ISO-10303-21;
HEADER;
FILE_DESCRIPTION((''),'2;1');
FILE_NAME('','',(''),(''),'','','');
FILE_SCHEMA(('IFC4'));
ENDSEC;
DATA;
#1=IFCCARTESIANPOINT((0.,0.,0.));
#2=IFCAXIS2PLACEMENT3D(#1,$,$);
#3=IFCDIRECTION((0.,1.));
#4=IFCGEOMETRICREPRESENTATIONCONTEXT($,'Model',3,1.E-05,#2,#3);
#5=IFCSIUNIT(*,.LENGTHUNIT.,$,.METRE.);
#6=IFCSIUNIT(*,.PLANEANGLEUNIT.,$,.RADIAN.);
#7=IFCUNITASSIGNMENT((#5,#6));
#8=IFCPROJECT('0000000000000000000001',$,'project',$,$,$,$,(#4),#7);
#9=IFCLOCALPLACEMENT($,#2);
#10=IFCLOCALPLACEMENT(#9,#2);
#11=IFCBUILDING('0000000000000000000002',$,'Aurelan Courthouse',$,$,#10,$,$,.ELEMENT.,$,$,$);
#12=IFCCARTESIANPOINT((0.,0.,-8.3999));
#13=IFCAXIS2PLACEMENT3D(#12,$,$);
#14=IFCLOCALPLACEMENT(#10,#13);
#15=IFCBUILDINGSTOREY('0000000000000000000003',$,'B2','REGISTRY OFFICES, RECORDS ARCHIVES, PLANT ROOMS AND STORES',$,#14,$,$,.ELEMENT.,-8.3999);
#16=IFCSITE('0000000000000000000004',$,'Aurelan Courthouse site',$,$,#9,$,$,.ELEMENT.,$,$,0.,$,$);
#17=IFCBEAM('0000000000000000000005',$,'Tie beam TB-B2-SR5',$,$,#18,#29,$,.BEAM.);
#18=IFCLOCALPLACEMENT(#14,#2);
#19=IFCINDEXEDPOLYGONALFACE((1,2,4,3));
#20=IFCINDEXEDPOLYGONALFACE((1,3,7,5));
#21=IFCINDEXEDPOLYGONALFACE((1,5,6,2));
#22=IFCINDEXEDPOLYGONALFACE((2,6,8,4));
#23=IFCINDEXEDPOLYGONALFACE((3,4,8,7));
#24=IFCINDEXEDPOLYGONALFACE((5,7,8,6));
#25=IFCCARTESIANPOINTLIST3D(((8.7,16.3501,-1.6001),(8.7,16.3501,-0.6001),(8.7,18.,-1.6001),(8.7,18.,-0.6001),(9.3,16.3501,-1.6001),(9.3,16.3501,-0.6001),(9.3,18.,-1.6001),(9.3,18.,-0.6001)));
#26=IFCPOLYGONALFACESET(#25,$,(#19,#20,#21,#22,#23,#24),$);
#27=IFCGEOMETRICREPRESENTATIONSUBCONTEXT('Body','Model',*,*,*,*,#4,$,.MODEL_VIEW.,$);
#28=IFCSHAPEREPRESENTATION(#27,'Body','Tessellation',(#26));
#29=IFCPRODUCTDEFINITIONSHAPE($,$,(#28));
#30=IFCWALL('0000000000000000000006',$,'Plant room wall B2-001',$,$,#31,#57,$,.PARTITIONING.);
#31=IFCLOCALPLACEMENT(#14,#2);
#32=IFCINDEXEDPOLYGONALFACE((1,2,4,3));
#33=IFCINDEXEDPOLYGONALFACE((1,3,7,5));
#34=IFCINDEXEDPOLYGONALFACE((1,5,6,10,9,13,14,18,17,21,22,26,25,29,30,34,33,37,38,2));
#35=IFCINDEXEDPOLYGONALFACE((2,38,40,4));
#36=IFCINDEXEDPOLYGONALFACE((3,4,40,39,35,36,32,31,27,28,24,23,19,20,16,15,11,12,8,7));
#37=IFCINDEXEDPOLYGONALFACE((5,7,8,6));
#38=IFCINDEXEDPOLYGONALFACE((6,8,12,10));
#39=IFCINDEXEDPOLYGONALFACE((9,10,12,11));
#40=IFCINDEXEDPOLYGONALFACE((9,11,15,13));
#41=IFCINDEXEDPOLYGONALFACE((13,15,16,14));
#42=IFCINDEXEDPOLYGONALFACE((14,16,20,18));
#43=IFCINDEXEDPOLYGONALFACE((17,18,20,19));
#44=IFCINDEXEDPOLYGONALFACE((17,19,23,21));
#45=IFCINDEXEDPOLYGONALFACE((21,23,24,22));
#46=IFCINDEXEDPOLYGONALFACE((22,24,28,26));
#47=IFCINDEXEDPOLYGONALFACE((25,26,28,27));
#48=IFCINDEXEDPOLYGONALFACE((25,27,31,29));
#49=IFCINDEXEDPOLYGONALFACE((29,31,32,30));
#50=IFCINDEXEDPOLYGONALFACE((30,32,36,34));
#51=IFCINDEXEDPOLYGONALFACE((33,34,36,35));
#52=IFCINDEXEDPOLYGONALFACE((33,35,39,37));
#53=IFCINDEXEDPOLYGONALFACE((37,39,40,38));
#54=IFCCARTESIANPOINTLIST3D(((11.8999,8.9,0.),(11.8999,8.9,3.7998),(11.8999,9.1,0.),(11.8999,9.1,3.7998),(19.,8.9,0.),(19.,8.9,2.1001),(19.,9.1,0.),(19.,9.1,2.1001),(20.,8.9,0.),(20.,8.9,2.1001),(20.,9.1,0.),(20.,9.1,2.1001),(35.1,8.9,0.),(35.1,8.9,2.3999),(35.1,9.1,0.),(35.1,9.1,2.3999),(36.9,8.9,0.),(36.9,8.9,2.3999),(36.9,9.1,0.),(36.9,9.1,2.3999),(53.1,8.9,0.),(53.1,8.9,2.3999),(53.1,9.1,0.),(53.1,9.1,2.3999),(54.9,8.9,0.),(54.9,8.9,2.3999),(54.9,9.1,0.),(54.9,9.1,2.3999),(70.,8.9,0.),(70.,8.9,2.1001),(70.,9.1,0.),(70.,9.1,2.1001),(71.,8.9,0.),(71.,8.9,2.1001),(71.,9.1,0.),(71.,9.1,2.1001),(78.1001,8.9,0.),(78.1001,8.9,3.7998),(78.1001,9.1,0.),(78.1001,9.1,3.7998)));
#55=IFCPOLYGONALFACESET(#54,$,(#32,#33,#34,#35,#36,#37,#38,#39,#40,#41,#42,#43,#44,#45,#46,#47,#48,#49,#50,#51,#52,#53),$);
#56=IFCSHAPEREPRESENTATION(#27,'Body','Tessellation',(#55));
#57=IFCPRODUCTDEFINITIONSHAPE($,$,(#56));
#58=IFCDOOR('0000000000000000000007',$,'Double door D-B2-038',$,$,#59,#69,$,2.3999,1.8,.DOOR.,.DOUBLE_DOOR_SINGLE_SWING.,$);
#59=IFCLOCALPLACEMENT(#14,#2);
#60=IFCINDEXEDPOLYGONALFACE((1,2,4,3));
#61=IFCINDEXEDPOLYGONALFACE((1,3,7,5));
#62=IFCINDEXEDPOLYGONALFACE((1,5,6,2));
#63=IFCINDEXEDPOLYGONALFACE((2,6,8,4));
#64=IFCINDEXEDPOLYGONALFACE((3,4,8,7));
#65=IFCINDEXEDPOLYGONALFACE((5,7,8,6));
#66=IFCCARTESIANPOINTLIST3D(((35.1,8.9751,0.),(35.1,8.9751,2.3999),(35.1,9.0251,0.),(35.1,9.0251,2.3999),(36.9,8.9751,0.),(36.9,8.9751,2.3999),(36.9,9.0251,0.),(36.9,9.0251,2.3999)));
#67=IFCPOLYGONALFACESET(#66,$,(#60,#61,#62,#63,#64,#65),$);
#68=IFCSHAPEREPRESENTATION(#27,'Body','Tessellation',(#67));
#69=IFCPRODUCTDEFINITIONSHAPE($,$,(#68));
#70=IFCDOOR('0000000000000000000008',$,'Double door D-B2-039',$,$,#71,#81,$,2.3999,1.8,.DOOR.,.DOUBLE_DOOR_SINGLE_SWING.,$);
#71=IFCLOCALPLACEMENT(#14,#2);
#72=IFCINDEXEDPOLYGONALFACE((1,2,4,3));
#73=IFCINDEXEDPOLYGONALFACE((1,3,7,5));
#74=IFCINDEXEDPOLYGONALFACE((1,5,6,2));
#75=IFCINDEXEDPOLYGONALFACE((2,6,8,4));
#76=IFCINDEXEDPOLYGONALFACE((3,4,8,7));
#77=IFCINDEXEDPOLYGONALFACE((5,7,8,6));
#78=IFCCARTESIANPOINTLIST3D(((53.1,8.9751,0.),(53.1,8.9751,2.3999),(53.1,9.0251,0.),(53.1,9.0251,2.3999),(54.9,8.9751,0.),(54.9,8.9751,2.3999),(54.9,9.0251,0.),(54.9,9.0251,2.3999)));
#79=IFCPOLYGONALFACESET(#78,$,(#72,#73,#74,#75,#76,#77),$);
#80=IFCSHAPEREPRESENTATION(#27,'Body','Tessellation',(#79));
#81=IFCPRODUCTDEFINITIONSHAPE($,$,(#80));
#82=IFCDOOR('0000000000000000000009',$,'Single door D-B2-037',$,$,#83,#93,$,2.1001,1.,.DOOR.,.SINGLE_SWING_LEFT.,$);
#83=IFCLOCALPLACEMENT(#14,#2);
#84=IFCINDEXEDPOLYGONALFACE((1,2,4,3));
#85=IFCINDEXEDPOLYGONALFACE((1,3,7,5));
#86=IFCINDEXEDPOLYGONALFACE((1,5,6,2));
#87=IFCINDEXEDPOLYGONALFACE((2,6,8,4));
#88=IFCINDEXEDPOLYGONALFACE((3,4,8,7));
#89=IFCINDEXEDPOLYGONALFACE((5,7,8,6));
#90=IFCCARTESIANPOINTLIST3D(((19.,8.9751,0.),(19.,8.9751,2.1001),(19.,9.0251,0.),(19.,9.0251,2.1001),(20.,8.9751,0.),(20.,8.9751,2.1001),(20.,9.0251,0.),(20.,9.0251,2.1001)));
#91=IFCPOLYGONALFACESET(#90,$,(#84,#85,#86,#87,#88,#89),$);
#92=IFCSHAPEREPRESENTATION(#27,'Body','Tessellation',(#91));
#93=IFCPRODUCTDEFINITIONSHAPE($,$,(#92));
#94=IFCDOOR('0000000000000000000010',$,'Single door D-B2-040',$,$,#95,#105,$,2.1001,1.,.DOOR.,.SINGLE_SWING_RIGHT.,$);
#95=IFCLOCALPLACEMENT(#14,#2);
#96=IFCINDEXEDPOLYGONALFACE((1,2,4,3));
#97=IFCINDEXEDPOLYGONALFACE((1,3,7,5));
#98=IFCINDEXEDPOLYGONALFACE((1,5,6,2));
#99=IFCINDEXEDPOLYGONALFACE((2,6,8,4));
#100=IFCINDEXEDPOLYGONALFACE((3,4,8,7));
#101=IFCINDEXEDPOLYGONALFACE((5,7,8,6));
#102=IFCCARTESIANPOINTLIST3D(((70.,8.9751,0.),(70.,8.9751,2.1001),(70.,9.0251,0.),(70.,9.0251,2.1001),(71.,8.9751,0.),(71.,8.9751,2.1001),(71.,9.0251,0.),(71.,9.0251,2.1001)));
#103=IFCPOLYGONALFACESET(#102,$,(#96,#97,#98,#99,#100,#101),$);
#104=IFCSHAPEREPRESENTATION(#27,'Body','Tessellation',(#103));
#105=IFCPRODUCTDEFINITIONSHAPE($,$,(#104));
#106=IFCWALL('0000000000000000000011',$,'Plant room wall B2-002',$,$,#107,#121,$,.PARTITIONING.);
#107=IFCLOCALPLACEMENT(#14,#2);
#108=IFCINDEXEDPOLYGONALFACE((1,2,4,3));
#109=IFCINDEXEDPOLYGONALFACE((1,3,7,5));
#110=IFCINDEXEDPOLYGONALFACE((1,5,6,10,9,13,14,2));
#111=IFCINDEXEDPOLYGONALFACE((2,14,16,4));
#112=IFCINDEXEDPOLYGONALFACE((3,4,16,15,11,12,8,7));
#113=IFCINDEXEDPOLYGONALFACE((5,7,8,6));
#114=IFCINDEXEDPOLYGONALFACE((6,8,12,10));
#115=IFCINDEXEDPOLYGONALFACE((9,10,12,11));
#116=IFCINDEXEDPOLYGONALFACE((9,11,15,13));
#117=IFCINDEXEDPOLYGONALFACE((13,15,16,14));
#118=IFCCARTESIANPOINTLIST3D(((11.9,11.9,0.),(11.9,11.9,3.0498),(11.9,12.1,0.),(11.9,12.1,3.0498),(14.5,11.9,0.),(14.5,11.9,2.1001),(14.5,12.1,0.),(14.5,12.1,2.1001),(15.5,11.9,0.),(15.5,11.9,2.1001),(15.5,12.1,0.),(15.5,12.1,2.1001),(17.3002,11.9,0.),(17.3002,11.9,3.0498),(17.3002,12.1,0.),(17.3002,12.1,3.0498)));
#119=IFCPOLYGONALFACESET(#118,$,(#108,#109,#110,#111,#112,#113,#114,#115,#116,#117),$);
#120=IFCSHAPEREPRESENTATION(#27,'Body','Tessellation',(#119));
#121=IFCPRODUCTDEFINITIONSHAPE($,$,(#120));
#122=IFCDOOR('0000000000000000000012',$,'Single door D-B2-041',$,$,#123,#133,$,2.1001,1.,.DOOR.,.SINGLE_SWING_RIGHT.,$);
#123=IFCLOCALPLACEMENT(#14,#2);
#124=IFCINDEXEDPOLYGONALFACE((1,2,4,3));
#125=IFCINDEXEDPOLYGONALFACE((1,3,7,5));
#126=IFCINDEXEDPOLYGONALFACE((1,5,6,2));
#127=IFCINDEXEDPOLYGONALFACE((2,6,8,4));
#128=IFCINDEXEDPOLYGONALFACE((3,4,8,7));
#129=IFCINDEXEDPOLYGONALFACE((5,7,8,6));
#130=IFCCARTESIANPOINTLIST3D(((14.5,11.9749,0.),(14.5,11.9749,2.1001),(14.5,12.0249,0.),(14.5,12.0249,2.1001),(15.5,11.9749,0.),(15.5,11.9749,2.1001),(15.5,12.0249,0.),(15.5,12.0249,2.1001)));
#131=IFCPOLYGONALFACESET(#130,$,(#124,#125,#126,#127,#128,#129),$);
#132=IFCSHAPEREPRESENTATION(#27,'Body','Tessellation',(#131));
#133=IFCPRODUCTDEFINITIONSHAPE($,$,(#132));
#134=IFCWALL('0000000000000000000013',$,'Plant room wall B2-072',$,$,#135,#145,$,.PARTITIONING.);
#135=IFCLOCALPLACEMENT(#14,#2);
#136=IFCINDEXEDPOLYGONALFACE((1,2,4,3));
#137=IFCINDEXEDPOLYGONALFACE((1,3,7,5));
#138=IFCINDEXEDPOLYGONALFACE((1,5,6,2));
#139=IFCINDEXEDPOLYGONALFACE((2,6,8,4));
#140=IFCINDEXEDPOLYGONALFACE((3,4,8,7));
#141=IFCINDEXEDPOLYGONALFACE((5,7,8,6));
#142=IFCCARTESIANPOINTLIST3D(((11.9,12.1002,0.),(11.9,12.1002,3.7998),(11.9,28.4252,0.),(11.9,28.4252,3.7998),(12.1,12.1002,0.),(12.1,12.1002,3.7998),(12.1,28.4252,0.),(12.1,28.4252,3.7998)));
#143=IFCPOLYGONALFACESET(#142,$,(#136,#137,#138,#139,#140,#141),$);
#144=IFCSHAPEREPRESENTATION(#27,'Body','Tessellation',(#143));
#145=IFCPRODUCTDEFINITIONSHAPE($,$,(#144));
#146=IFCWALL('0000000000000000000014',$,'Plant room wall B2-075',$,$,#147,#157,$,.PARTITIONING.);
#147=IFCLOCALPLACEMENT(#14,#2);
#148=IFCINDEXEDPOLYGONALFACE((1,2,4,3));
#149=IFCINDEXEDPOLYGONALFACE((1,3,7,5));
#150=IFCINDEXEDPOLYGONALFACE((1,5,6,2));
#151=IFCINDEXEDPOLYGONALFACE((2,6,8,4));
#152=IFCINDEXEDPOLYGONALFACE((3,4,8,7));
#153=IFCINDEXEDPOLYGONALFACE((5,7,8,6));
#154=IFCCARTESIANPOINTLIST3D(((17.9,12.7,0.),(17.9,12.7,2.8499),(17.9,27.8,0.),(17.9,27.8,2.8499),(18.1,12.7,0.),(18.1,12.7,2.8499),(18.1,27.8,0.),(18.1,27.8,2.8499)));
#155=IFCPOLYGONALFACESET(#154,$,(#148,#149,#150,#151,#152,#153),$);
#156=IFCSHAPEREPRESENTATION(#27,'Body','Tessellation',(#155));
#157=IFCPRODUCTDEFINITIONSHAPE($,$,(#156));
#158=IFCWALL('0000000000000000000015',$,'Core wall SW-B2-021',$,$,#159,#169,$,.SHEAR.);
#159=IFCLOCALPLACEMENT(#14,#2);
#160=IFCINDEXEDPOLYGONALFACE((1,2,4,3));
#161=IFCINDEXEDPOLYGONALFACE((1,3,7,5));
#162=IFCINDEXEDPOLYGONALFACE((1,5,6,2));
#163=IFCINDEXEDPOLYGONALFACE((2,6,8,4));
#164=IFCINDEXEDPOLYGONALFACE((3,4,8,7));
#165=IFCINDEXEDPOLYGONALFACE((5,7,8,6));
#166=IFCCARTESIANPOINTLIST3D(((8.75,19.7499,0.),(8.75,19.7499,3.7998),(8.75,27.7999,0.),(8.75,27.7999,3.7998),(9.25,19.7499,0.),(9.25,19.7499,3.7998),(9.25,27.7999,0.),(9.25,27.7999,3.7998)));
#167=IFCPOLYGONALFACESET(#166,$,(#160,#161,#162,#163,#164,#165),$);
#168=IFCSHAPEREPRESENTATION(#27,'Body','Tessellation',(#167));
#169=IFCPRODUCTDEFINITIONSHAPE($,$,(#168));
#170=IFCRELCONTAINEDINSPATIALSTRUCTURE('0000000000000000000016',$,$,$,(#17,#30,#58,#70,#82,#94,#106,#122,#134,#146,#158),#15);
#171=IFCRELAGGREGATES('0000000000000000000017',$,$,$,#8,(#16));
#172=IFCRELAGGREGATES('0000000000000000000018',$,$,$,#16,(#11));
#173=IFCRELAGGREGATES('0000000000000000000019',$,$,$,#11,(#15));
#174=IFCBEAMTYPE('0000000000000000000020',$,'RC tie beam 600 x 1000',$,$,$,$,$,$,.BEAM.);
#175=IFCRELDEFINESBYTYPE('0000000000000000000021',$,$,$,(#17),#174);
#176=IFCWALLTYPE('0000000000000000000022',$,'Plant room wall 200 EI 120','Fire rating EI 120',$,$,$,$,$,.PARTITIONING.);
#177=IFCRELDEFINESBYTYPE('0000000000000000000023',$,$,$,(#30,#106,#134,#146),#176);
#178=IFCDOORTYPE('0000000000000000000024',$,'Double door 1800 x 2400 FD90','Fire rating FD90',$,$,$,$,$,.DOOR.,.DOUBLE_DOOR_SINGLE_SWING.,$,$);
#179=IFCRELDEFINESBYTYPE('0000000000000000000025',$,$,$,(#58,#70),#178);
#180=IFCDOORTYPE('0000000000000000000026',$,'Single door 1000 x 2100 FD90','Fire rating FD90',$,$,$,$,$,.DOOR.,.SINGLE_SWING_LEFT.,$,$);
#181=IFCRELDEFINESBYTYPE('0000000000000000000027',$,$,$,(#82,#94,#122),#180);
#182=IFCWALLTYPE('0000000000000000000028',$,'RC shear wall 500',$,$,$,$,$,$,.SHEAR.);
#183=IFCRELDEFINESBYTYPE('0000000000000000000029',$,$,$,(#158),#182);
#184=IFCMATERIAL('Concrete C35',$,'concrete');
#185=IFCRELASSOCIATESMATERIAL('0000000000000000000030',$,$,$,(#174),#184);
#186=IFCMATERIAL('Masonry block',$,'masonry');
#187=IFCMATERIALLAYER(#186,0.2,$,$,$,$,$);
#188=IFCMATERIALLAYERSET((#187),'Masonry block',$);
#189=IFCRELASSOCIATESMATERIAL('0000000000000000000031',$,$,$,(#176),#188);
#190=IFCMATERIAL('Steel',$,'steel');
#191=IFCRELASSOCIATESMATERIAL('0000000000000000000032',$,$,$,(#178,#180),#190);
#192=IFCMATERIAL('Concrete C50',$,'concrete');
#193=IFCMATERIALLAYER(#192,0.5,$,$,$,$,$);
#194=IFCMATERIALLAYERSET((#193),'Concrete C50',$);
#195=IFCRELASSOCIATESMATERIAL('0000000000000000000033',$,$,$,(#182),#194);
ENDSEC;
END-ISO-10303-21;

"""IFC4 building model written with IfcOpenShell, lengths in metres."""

from ifc_helpers import new_model, si_unit, direction, frame, frame_2d, origin, origin_2d, place, context, subcontext, project, spatial, rectangle, extrude, material, layer, layer_set, material_profile, profile_set, type_object, element, fill, save


model = new_model("IFC4")

# Units and contexts
model_context = context("Model", 3, precision=1e-05, world=origin(), true_north=direction((0.0, 1.0)))
body_context = subcontext(model_context, "Body", "Model", "MODEL_VIEW")
ifc_project = project(units=[si_unit("LENGTHUNIT", "METRE"), si_unit("PLANEANGLEUNIT", "RADIAN")], contexts=[model_context])

# Site, building, storey
site_placement = place(None, origin())
site = spatial("IfcSite", under=ifc_project, at=site_placement, Name="Aurelan Courthouse site", CompositionType="ELEMENT", RefElevation=0.0)
building_placement = place(site_placement, origin())
building = spatial("IfcBuilding", under=site, at=building_placement, Name="Aurelan Courthouse", CompositionType="ELEMENT")
storey_placement = place(building_placement, frame((0.0, 0.0, -8.3999)))
storey = spatial("IfcBuildingStorey", under=building, at=storey_placement, Name="B2", Description="REGISTRY OFFICES, RECORDS ARCHIVES, PLANT ROOMS AND STORES", CompositionType="ELEMENT", Elevation=-8.3999)

# Shared definitions
ifc_material_1 = material(Name="Concrete C35", Category="concrete")

# Shared definitions
ifc_material_2 = material(Name="Concrete C50", Category="concrete")

# Beam
ifc_material_profile_1 = material_profile(ifc_material_1, rectangle(XDim=0.6001, YDim=1.0, at=origin_2d()), Name="RC 600 x 1000")
ifc_profile_set_1 = profile_set([ifc_material_profile_1], Name="Concrete C35")
beam_type_1 = type_object("IfcBeamType", Name="RC tie beam 600 x 1000", PredefinedType="BEAM", material=ifc_profile_set_1)
beam_1_placement = place(storey_placement, frame((9.0, 16.3501, -1.1001), z_axis=(0.0, 1.0, 0.0), x_axis=(-1.0, 0.0, 0.0)))
element("IfcBeam", 1, at=beam_1_placement, inside=storey, type_object=beam_type_1, Name="Tie beam TB-B2-SR5", PredefinedType="BEAM", context=body_context, shape_type="SweptSolid", body=[
    extrude(rectangle(XDim=0.6001, YDim=1.0, at=origin_2d()), origin(), (0.0, 0.0, 1.0), 1.6499),
])

# Wall, openings, doors
ifc_material_3 = material(Name="Masonry block", Category="masonry")
ifc_layer_1 = layer(ifc_material_3, 0.2)
ifc_layer_set_1 = layer_set([ifc_layer_1], Name="Masonry block")
wall_type_1 = type_object("IfcWallType", Name="Plant room wall 200 EI 120", Description="Fire rating EI 120", PredefinedType="PARTITIONING", material=ifc_layer_set_1)
wall_1_placement = place(storey_placement, frame((11.8999, 9.0, 0.0), z_axis=(0.0, 0.0, 1.0), x_axis=(1.0, 0.0, 0.0)))
wall_1 = element("IfcWall", 2, at=wall_1_placement, inside=storey, type_object=wall_type_1, Name="Plant room wall B2-001", PredefinedType="PARTITIONING", context=body_context, shape_type="SweptSolid", body=[
    extrude(rectangle(XDim=66.2002, YDim=0.2, at=frame_2d((33.1001, 0.0))), origin(), (0.0, 0.0, 1.0), 3.7998),
])
opening_1_placement = place(wall_1_placement, frame((8.1001, 0.0, 0.0), z_axis=(0.0, 0.0, 1.0), x_axis=(-1.0, 0.0, 0.0)))
opening_1 = element("IfcOpeningElement", 3, at=opening_1_placement, cuts=wall_1, PredefinedType="OPENING", context=body_context, shape_type="SweptSolid", body=[
    extrude(rectangle(XDim=1.0, YDim=2.1001, at=frame_2d((0.5, 1.05))), frame((0.0, 0.1099, 0.0), z_axis=(0.0, -1.0, 0.0), x_axis=(1.0, 0.0, 0.0)), (0.0, 0.0, 1.0), 0.22),
])
opening_2_placement = place(wall_1_placement, frame((25.0, 0.0, 0.0), z_axis=(0.0, 0.0, 1.0), x_axis=(-1.0, 0.0, 0.0)))
opening_2 = element("IfcOpeningElement", 4, at=opening_2_placement, cuts=wall_1, PredefinedType="OPENING", context=body_context, shape_type="SweptSolid", body=[
    extrude(rectangle(XDim=1.8, YDim=2.3999, at=frame_2d((0.8999, 1.2))), frame((0.0, 0.1099, 0.0), z_axis=(0.0, -1.0, 0.0), x_axis=(1.0, 0.0, 0.0)), (0.0, 0.0, 1.0), 0.22),
])
opening_3_placement = place(wall_1_placement, frame((43.0, 0.0, 0.0), z_axis=(0.0, 0.0, 1.0), x_axis=(-1.0, 0.0, 0.0)))
opening_3 = element("IfcOpeningElement", 5, at=opening_3_placement, cuts=wall_1, PredefinedType="OPENING", context=body_context, shape_type="SweptSolid", body=[
    extrude(rectangle(XDim=1.8, YDim=2.3999, at=frame_2d((0.8999, 1.2))), frame((0.0, 0.1099, 0.0), z_axis=(0.0, -1.0, 0.0), x_axis=(1.0, 0.0, 0.0)), (0.0, 0.0, 1.0), 0.22),
])
opening_4_placement = place(wall_1_placement, frame((59.1001, 0.0, 0.0), z_axis=(0.0, 0.0, 1.0), x_axis=(-1.0, 0.0, 0.0)))
opening_4 = element("IfcOpeningElement", 6, at=opening_4_placement, cuts=wall_1, PredefinedType="OPENING", context=body_context, shape_type="SweptSolid", body=[
    extrude(rectangle(XDim=1.0, YDim=2.1001, at=frame_2d((0.5, 1.05))), frame((0.0, 0.1099, 0.0), z_axis=(0.0, -1.0, 0.0), x_axis=(1.0, 0.0, 0.0)), (0.0, 0.0, 1.0), 0.22),
])
ifc_material_4 = material(Name="Steel", Category="steel")
door_type_1 = type_object("IfcDoorType", Name="Double door 1800 x 2400 FD90", Description="Fire rating FD90", OperationType="DOUBLE_DOOR_SINGLE_SWING", PredefinedType="DOOR", material=ifc_material_4)
door_1_placement = place(opening_2_placement, origin())
door_1 = element("IfcDoor", 7, at=door_1_placement, inside=storey, type_object=door_type_1, Name="Double door D-B2-038", OperationType="DOUBLE_DOOR_SINGLE_SWING", OverallHeight=2.3999, OverallWidth=1.8, PredefinedType="DOOR", context=body_context, shape_type="SweptSolid", body=[
    extrude(rectangle(XDim=1.8, YDim=2.3999, at=frame_2d((0.8999, 1.2))), frame((0.0, 0.0249, 0.0), z_axis=(0.0, -1.0, 0.0), x_axis=(1.0, 0.0, 0.0)), (0.0, 0.0, 1.0), 0.05),
])
fill(opening_2, door_1)
door_2_placement = place(opening_3_placement, origin())
door_2 = element("IfcDoor", 8, at=door_2_placement, inside=storey, type_object=door_type_1, Name="Double door D-B2-039", OperationType="DOUBLE_DOOR_SINGLE_SWING", OverallHeight=2.3999, OverallWidth=1.8, PredefinedType="DOOR", context=body_context, shape_type="SweptSolid", body=[
    extrude(rectangle(XDim=1.8, YDim=2.3999, at=frame_2d((0.8999, 1.2))), frame((0.0, 0.0249, 0.0), z_axis=(0.0, -1.0, 0.0), x_axis=(1.0, 0.0, 0.0)), (0.0, 0.0, 1.0), 0.05),
])
fill(opening_3, door_2)
door_type_2 = type_object("IfcDoorType", Name="Single door 1000 x 2100 FD90", Description="Fire rating FD90", OperationType="SINGLE_SWING_LEFT", PredefinedType="DOOR", material=ifc_material_4)
door_3_placement = place(opening_1_placement, origin())
door_3 = element("IfcDoor", 9, at=door_3_placement, inside=storey, type_object=door_type_2, Name="Single door D-B2-037", OperationType="SINGLE_SWING_LEFT", OverallHeight=2.1001, OverallWidth=1.0, PredefinedType="DOOR", context=body_context, shape_type="SweptSolid", body=[
    extrude(rectangle(XDim=1.0, YDim=2.1001, at=frame_2d((0.5, 1.05))), frame((0.0, 0.0249, 0.0), z_axis=(0.0, -1.0, 0.0), x_axis=(1.0, 0.0, 0.0)), (0.0, 0.0, 1.0), 0.05),
])
fill(opening_1, door_3)
door_4_placement = place(opening_4_placement, origin())
door_4 = element("IfcDoor", 10, at=door_4_placement, inside=storey, type_object=door_type_2, Name="Single door D-B2-040", OperationType="SINGLE_SWING_RIGHT", OverallHeight=2.1001, OverallWidth=1.0, PredefinedType="DOOR", context=body_context, shape_type="SweptSolid", body=[
    extrude(rectangle(XDim=1.0, YDim=2.1001, at=frame_2d((0.5, 1.05))), frame((0.0, 0.0249, 0.0), z_axis=(0.0, -1.0, 0.0), x_axis=(1.0, 0.0, 0.0)), (0.0, 0.0, 1.0), 0.05),
])
fill(opening_4, door_4)

# Wall, opening, door
wall_2_placement = place(storey_placement, frame((11.8999, 12.0, 0.0), z_axis=(0.0, 0.0, 1.0), x_axis=(1.0, 0.0, 0.0)))
wall_2 = element("IfcWall", 11, at=wall_2_placement, inside=storey, type_object=wall_type_1, Name="Plant room wall B2-002", PredefinedType="PARTITIONING", context=body_context, shape_type="SweptSolid", body=[
    extrude(rectangle(XDim=5.4001, YDim=0.2, at=frame_2d((2.7002, 0.0))), origin(), (0.0, 0.0, 1.0), 3.0498),
])
opening_5_placement = place(wall_2_placement, frame((2.6001, 0.0, 0.0)))
opening_5 = element("IfcOpeningElement", 12, at=opening_5_placement, cuts=wall_2, PredefinedType="OPENING", context=body_context, shape_type="SweptSolid", body=[
    extrude(rectangle(XDim=1.0, YDim=2.1001, at=frame_2d((0.5, 1.05))), frame((0.0, 0.1099, 0.0), z_axis=(0.0, -1.0, 0.0), x_axis=(1.0, 0.0, 0.0)), (0.0, 0.0, 1.0), 0.22),
])
door_5_placement = place(opening_5_placement, origin())
door_5 = element("IfcDoor", 13, at=door_5_placement, inside=storey, type_object=door_type_2, Name="Single door D-B2-041", OperationType="SINGLE_SWING_RIGHT", OverallHeight=2.1001, OverallWidth=1.0, PredefinedType="DOOR", context=body_context, shape_type="SweptSolid", body=[
    extrude(rectangle(XDim=1.0, YDim=2.1001, at=frame_2d((0.5, 1.05))), frame((0.0, 0.0249, 0.0), z_axis=(0.0, -1.0, 0.0), x_axis=(1.0, 0.0, 0.0)), (0.0, 0.0, 1.0), 0.05),
])
fill(opening_5, door_5)

# Walls
wall_3_placement = place(storey_placement, frame((12.0, 12.1001, 0.0), z_axis=(0.0, 0.0, 1.0), x_axis=(0.0, 1.0, 0.0)))
element("IfcWall", 14, at=wall_3_placement, inside=storey, type_object=wall_type_1, Name="Plant room wall B2-072", PredefinedType="PARTITIONING", context=body_context, shape_type="SweptSolid", body=[
    extrude(rectangle(XDim=16.325, YDim=0.2, at=frame_2d((8.1626, 0.0))), origin(), (0.0, 0.0, 1.0), 3.7998),
])
wall_4_placement = place(storey_placement, frame((18.0, 12.7, 0.0), z_axis=(0.0, 0.0, 1.0), x_axis=(0.0, 1.0, 0.0)))
element("IfcWall", 15, at=wall_4_placement, inside=storey, type_object=wall_type_1, Name="Plant room wall B2-075", PredefinedType="PARTITIONING", context=body_context, shape_type="SweptSolid", body=[
    extrude(rectangle(XDim=15.1001, YDim=0.2, at=frame_2d((7.55, 0.0))), origin(), (0.0, 0.0, 1.0), 2.8499),
])
ifc_layer_2 = layer(ifc_material_2, 0.5)
ifc_layer_set_2 = layer_set([ifc_layer_2], Name="Concrete C50")
wall_type_2 = type_object("IfcWallType", Name="RC shear wall 500", PredefinedType="SHEAR", material=ifc_layer_set_2)
wall_5_placement = place(storey_placement, frame((9.0, 19.75, 0.0), z_axis=(0.0, 0.0, 1.0), x_axis=(0.0, 1.0, 0.0)))
element("IfcWall", 16, at=wall_5_placement, inside=storey, type_object=wall_type_2, Name="Core wall SW-B2-021", PredefinedType="SHEAR", context=body_context, shape_type="SweptSolid", body=[
    extrude(rectangle(XDim=8.05, YDim=0.5, at=frame_2d((4.0249, 0.0))), origin(), (0.0, 0.0, 1.0), 3.7998),
])

save(model, "model.ifc")
